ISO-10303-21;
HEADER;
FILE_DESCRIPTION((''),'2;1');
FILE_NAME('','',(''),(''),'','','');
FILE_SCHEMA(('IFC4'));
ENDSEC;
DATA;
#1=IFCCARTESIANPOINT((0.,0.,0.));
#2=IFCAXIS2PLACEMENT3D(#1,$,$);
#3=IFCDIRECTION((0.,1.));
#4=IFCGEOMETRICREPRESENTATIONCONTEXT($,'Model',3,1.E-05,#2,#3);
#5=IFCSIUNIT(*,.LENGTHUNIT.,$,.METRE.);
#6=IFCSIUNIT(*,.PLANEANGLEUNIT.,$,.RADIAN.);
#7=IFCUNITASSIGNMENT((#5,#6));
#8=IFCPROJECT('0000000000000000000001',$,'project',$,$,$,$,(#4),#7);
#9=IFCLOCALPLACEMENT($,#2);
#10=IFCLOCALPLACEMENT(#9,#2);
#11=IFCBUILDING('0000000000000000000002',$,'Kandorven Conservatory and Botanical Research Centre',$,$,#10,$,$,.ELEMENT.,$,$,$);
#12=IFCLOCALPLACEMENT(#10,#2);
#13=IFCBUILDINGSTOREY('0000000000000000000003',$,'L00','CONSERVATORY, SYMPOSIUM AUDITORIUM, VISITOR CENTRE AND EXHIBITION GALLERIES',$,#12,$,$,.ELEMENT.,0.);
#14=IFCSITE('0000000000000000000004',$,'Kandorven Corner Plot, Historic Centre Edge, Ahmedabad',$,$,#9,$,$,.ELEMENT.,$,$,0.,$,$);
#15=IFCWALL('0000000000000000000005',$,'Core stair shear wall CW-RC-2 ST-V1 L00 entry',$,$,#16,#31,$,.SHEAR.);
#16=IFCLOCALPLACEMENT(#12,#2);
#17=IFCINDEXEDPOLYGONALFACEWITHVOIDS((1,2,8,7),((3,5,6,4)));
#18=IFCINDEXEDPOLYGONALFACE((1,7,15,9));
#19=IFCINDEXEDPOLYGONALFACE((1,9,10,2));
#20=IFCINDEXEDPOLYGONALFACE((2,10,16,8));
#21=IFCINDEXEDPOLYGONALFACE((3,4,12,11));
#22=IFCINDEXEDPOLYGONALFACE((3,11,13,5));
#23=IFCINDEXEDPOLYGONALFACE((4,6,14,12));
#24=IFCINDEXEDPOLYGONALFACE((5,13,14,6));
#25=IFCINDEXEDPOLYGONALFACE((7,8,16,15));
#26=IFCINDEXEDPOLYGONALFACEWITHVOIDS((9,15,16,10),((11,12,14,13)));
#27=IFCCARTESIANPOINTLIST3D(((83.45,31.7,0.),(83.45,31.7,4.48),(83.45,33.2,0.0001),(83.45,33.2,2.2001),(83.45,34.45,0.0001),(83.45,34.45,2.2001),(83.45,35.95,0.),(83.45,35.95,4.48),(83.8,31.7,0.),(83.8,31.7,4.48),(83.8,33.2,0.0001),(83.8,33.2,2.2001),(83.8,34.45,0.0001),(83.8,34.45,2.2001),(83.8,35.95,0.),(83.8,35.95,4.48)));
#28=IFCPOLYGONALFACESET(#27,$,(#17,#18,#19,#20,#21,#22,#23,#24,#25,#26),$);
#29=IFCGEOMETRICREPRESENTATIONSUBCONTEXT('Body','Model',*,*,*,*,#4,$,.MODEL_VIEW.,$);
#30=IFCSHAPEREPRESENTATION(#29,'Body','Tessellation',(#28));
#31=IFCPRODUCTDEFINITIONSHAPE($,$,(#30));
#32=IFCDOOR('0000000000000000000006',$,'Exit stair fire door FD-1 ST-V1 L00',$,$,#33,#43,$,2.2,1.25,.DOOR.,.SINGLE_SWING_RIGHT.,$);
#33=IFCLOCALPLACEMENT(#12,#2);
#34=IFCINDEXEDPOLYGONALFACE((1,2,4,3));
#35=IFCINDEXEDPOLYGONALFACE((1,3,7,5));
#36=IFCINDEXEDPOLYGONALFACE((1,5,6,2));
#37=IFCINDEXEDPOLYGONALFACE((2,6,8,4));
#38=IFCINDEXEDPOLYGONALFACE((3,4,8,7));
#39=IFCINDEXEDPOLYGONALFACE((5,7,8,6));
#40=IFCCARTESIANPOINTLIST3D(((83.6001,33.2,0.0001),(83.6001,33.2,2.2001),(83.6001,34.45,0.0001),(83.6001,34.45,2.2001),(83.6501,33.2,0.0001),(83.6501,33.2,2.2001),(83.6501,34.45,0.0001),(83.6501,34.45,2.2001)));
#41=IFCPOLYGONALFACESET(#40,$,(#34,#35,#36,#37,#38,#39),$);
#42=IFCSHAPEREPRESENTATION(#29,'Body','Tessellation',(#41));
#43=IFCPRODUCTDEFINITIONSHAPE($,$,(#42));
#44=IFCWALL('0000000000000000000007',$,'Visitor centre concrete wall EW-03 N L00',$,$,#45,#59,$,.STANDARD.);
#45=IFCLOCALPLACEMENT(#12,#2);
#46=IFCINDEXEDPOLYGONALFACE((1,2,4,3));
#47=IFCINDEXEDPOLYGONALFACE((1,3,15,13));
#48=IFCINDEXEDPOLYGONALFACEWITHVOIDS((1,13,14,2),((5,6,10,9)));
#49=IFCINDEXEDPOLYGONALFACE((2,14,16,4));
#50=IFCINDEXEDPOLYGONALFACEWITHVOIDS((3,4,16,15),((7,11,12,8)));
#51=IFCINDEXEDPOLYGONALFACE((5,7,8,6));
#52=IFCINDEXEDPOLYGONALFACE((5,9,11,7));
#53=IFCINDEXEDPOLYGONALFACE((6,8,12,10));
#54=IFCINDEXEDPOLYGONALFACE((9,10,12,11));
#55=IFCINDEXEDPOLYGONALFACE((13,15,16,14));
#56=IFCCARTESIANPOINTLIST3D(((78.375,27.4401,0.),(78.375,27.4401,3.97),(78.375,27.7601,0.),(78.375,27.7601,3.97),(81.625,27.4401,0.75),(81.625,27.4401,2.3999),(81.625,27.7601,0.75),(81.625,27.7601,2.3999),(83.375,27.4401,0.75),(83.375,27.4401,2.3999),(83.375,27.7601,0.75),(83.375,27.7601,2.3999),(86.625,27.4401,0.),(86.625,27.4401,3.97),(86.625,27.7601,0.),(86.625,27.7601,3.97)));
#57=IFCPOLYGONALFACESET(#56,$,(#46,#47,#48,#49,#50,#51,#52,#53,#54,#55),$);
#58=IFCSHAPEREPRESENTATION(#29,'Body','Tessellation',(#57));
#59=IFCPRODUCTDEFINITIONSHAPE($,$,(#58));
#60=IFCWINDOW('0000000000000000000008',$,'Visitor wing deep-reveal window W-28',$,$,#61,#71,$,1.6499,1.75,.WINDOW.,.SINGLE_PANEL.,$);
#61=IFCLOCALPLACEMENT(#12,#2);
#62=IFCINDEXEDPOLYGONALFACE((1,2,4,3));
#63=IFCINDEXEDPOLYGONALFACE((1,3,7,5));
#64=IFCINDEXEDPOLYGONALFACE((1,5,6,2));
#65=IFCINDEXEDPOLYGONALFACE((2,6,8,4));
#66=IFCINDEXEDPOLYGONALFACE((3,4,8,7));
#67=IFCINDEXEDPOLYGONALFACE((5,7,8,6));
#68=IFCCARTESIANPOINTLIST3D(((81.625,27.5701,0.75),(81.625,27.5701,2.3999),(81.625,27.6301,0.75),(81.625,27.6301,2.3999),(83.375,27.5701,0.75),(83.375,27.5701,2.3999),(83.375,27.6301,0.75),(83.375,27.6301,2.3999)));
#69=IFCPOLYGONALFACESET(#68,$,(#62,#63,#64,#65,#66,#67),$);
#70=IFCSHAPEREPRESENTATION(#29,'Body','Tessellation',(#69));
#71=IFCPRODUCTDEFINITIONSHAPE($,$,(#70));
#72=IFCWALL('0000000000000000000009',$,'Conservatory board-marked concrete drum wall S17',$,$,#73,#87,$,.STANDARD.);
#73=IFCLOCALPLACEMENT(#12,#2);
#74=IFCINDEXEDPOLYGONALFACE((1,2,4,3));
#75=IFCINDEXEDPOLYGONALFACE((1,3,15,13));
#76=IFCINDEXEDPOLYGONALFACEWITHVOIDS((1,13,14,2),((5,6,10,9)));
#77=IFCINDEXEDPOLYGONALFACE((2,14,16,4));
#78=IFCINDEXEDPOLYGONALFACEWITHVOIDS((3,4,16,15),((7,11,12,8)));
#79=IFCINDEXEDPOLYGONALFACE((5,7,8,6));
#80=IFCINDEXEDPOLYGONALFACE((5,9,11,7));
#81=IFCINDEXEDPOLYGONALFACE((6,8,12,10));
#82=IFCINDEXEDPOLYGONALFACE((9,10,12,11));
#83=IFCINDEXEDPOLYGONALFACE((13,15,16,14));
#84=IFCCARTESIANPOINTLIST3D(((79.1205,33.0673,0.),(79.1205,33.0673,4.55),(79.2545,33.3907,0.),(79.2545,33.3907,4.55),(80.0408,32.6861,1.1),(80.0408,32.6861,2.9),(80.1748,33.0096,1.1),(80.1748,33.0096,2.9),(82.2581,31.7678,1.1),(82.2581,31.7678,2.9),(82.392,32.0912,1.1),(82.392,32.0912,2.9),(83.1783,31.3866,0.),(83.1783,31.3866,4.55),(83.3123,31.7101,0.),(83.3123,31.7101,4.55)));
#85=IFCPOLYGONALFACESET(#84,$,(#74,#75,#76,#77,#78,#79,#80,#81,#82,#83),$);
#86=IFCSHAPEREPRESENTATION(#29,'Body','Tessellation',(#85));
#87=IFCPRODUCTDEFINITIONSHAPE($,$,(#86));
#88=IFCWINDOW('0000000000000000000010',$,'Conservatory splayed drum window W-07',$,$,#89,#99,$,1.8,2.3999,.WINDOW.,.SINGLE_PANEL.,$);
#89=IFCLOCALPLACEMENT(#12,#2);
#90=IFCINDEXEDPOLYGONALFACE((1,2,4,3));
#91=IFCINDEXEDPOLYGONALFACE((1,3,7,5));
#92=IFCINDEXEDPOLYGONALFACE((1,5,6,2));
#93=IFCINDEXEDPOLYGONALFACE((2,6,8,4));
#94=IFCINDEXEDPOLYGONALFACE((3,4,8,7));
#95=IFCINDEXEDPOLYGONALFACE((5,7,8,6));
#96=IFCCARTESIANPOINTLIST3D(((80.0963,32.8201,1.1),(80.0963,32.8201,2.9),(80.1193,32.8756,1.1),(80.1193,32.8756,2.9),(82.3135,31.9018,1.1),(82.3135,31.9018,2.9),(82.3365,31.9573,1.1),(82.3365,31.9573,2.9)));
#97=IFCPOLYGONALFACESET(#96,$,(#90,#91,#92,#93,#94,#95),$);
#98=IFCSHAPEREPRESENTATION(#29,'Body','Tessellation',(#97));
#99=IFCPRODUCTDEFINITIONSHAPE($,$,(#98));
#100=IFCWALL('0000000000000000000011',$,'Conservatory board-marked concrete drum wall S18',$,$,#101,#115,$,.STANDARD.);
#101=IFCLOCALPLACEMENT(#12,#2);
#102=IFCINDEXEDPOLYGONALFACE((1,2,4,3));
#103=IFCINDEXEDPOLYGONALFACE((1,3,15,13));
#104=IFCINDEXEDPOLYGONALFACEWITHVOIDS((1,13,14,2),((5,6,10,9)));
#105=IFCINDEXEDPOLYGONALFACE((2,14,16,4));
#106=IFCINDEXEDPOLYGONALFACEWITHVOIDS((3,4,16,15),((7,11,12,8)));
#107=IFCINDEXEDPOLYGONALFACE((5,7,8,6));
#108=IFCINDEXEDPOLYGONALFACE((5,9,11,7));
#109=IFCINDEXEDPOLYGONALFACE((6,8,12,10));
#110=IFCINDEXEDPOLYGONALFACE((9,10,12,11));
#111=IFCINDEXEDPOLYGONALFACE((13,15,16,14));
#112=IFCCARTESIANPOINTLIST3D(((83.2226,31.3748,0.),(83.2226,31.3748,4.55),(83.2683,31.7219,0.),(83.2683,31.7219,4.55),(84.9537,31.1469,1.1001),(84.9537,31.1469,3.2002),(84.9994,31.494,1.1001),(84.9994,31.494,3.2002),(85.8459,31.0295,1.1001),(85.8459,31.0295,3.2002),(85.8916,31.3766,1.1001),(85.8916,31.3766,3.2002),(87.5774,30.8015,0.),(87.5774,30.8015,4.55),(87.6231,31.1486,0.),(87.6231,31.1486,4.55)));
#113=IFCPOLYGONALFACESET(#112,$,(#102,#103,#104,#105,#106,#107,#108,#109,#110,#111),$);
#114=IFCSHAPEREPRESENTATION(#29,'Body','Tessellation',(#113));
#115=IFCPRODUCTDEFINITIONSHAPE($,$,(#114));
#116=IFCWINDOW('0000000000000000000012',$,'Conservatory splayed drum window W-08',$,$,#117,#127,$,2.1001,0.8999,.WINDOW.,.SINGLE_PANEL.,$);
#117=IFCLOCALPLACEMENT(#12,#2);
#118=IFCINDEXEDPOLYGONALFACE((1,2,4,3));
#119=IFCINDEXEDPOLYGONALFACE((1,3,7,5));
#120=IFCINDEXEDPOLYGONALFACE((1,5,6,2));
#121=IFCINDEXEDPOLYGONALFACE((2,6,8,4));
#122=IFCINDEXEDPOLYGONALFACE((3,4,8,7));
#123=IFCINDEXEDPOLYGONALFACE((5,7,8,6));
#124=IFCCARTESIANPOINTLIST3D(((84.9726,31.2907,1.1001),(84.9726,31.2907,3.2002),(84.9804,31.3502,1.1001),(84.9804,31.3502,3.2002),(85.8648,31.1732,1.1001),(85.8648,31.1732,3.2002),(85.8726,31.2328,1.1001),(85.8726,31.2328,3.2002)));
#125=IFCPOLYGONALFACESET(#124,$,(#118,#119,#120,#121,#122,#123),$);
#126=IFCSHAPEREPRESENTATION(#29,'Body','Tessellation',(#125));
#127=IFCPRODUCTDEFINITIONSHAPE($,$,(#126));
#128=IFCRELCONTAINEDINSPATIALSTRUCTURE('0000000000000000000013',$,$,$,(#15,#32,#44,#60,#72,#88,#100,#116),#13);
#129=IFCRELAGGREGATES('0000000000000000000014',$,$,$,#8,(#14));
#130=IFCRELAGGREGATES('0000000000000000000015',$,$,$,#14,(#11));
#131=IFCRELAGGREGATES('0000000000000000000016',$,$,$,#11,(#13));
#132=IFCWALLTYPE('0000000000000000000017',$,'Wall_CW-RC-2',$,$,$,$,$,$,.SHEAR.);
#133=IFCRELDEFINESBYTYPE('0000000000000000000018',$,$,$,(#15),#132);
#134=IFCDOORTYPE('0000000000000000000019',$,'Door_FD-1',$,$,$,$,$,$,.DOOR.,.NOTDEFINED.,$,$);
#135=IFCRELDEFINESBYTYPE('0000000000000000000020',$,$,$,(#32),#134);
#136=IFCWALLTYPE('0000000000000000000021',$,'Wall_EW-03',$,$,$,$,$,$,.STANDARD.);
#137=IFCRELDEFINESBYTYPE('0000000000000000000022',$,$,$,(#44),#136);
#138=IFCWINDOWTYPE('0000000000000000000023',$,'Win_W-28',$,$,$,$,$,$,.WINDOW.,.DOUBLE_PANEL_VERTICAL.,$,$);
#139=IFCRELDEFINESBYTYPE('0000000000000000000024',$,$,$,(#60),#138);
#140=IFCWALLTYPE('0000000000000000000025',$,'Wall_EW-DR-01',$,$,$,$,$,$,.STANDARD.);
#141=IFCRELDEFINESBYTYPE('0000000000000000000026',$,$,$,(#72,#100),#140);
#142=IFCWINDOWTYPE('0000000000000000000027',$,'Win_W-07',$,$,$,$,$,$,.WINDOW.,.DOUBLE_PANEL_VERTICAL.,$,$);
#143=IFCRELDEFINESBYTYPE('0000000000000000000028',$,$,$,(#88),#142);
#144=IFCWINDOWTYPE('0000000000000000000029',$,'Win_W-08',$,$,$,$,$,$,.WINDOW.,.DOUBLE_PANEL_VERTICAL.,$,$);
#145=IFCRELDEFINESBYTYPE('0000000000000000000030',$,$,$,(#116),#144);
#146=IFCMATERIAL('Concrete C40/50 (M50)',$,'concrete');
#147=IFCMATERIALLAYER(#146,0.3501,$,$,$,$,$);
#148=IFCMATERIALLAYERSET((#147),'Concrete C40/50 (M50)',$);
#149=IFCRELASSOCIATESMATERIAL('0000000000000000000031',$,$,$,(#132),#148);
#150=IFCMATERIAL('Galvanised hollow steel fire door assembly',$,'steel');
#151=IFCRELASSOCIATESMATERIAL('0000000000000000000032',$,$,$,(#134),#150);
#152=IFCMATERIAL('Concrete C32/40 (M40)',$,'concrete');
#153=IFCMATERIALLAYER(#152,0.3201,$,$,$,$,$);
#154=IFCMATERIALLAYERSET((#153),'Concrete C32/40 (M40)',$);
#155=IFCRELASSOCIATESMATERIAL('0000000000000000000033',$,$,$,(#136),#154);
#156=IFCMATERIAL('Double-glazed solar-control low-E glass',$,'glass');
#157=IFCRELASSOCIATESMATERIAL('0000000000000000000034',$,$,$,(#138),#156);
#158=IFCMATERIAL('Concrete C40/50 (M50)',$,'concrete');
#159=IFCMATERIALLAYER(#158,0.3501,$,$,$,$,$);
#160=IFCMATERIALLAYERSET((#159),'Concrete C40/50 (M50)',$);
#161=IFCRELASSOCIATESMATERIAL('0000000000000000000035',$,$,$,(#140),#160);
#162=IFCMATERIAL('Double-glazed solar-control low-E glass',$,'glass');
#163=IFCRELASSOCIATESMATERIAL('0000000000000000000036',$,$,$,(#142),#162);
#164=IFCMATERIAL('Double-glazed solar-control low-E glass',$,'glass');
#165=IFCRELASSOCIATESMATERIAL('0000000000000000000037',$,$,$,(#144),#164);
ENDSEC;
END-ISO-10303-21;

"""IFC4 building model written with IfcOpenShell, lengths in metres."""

from ifc_helpers import new_model, si_unit, direction, frame, frame_2d, origin, place, context, subcontext, project, spatial, rectangle, extrude, material, layer, layer_set, type_object, element, fill, save


model = new_model("IFC4")

# Units and contexts
model_context = context("Model", 3, precision=1e-05, world=origin(), true_north=direction((0.0, 1.0)))
body_context = subcontext(model_context, "Body", "Model", "MODEL_VIEW")
ifc_project = project(units=[si_unit("LENGTHUNIT", "METRE"), si_unit("PLANEANGLEUNIT", "RADIAN")], contexts=[model_context])

# Site, building, storey
site_placement = place(None, origin())
site = spatial("IfcSite", under=ifc_project, at=site_placement, Name="Kandorven Corner Plot, Historic Centre Edge, Ahmedabad", CompositionType="ELEMENT", RefElevation=0.0)
building_placement = place(site_placement, origin())
building = spatial("IfcBuilding", under=site, at=building_placement, Name="Kandorven Conservatory and Botanical Research Centre", CompositionType="ELEMENT")
storey_placement = place(building_placement, origin())
storey = spatial("IfcBuildingStorey", under=building, at=storey_placement, Name="L00", Description="CONSERVATORY, SYMPOSIUM AUDITORIUM, VISITOR CENTRE AND EXHIBITION GALLERIES", CompositionType="ELEMENT", Elevation=0.0)

# Wall, opening, door
ifc_material_1 = material(Name="Concrete C40/50 (M50)", Category="concrete")
ifc_layer_1 = layer(ifc_material_1, 0.3501)
ifc_layer_set_1 = layer_set([ifc_layer_1], Name="Concrete C40/50 (M50)")
wall_type_1 = type_object("IfcWallType", Name="Wall_CW-RC-2", PredefinedType="SHEAR", material=ifc_layer_set_1)
wall_1_placement = place(storey_placement, frame((83.625, 31.7, 0.0), z_axis=(0.0, 0.0, 1.0), x_axis=(0.0, 1.0, 0.0)))
wall_1 = element("IfcWall", 1, at=wall_1_placement, inside=storey, type_object=wall_type_1, Name="Core stair shear wall CW-RC-2 ST-V1 L00 entry", PredefinedType="SHEAR", context=body_context, shape_type="SweptSolid", body=[
    extrude(rectangle(XDim=4.25, YDim=0.3501, at=frame_2d((2.125, 0.0))), origin(), (0.0, 0.0, 1.0), 4.48),
])
opening_1_placement = place(wall_1_placement, frame((1.5, 0.0, 0.0)))
opening_1 = element("IfcOpeningElement", 2, at=opening_1_placement, cuts=wall_1, PredefinedType="OPENING", context=body_context, shape_type="SweptSolid", body=[
    extrude(rectangle(XDim=1.25, YDim=2.2, at=frame_2d((0.625, 1.1001))), frame((0.0, 0.1851, 0.0), z_axis=(0.0, -1.0, 0.0), x_axis=(1.0, 0.0, 0.0)), (0.0, 0.0, 1.0), 0.3701),
])
ifc_material_2 = material(Name="Galvanised hollow steel fire door assembly", Category="steel")
door_type = type_object("IfcDoorType", Name="Door_FD-1", OperationType="NOTDEFINED", PredefinedType="DOOR", material=ifc_material_2)
door_placement = place(opening_1_placement, origin())
door = element("IfcDoor", 3, at=door_placement, inside=storey, type_object=door_type, Name="Exit stair fire door FD-1 ST-V1 L00", OperationType="SINGLE_SWING_RIGHT", OverallHeight=2.2, OverallWidth=1.25, PredefinedType="DOOR", context=body_context, shape_type="SweptSolid", body=[
    extrude(rectangle(XDim=1.25, YDim=2.2, at=frame_2d((0.625, 1.1001))), frame((0.0, 0.0249, 0.0), z_axis=(0.0, -1.0, 0.0), x_axis=(1.0, 0.0, 0.0)), (0.0, 0.0, 1.0), 0.05),
])
fill(opening_1, door)

# Walls, openings, windows
ifc_material_3 = material(Name="Concrete C32/40 (M40)", Category="concrete")
ifc_layer_2 = layer(ifc_material_3, 0.3201)
ifc_layer_set_2 = layer_set([ifc_layer_2], Name="Concrete C32/40 (M40)")
wall_type_2 = type_object("IfcWallType", Name="Wall_EW-03", PredefinedType="STANDARD", material=ifc_layer_set_2)
wall_2_placement = place(storey_placement, frame((78.375, 27.6001, 0.0), z_axis=(0.0, 0.0, 1.0), x_axis=(1.0, 0.0, 0.0)))
wall_2 = element("IfcWall", 4, at=wall_2_placement, inside=storey, type_object=wall_type_2, Name="Visitor centre concrete wall EW-03 N L00", PredefinedType="STANDARD", context=body_context, shape_type="SweptSolid", body=[
    extrude(rectangle(XDim=8.25, YDim=0.3201, at=frame_2d((4.125, 0.0))), origin(), (0.0, 0.0, 1.0), 3.97),
])
opening_2_placement = place(wall_2_placement, frame((3.25, 0.0, 0.75)))
opening_2 = element("IfcOpeningElement", 5, at=opening_2_placement, cuts=wall_2, PredefinedType="OPENING", context=body_context, shape_type="SweptSolid", body=[
    extrude(rectangle(XDim=1.75, YDim=1.6499, at=frame_2d((0.875, 0.825))), frame((0.0, 0.1699, 0.0), z_axis=(0.0, -1.0, 0.0), x_axis=(1.0, 0.0, 0.0)), (0.0, 0.0, 1.0), 0.3401),
])
ifc_material_4 = material(Name="Double-glazed solar-control low-E glass", Category="glass")
window_type_1 = type_object("IfcWindowType", Name="Win_W-28", PartitioningType="DOUBLE_PANEL_VERTICAL", PredefinedType="WINDOW", material=ifc_material_4)
window_1_placement = place(opening_2_placement, origin())
window_1 = element("IfcWindow", 6, at=window_1_placement, inside=storey, type_object=window_type_1, Name="Visitor wing deep-reveal window W-28", OverallHeight=1.6499, OverallWidth=1.75, PartitioningType="SINGLE_PANEL", PredefinedType="WINDOW", context=body_context, shape_type="SweptSolid", body=[
    extrude(rectangle(XDim=1.75, YDim=1.6499, at=frame_2d((0.875, 0.825))), frame((0.0, 0.03, 0.0), z_axis=(0.0, -1.0, 0.0), x_axis=(1.0, 0.0, 0.0)), (0.0, 0.0, 1.0), 0.0601),
])
fill(opening_2, window_1)
ifc_material_5 = material(Name="Concrete C40/50 (M50)", Category="concrete")
ifc_layer_3 = layer(ifc_material_5, 0.3501)
ifc_layer_set_3 = layer_set([ifc_layer_3], Name="Concrete C40/50 (M50)")
wall_type_3 = type_object("IfcWallType", Name="Wall_EW-DR-01", PredefinedType="STANDARD", material=ifc_layer_set_3)
wall_3_placement = place(storey_placement, frame((79.1875, 33.229, 0.0), z_axis=(0.0, 0.0, 1.0), x_axis=(0.923892, -0.382653, 0.0)))
wall_3 = element("IfcWall", 7, at=wall_3_placement, inside=storey, type_object=wall_type_3, Name="Conservatory board-marked concrete drum wall S17", PredefinedType="STANDARD", context=body_context, shape_type="SweptSolid", body=[
    extrude(rectangle(XDim=4.3921, YDim=0.3501, at=frame_2d((2.196, 0.0))), origin(), (0.0, 0.0, 1.0), 4.55),
])
opening_3_placement = place(wall_3_placement, frame((0.9961, 0.0, 1.1001)))
opening_3 = element("IfcOpeningElement", 8, at=opening_3_placement, cuts=wall_3, PredefinedType="OPENING", context=body_context, shape_type="SweptSolid", body=[
    extrude(rectangle(XDim=2.3999, YDim=1.8, at=frame_2d((1.2, 0.8999))), frame((0.0, 0.1851, 0.0), z_axis=(0.0, -1.0, 0.0), x_axis=(1.0, 0.0, 0.0)), (0.0, 0.0, 1.0), 0.3701),
])
ifc_material_6 = material(Name="Double-glazed solar-control low-E glass", Category="glass")
window_type_2 = type_object("IfcWindowType", Name="Win_W-07", PartitioningType="DOUBLE_PANEL_VERTICAL", PredefinedType="WINDOW", material=ifc_material_6)
window_2_placement = place(opening_3_placement, origin())
window_2 = element("IfcWindow", 9, at=window_2_placement, inside=storey, type_object=window_type_2, Name="Conservatory splayed drum window W-07", OverallHeight=1.8, OverallWidth=2.3999, PartitioningType="SINGLE_PANEL", PredefinedType="WINDOW", context=body_context, shape_type="SweptSolid", body=[
    extrude(rectangle(XDim=2.3999, YDim=1.8, at=frame_2d((1.2, 0.8999))), frame((0.0, 0.03, 0.0), z_axis=(0.0, -1.0, 0.0), x_axis=(1.0, 0.0, 0.0)), (0.0, 0.0, 1.0), 0.0601),
])
fill(opening_3, window_2)
wall_4_placement = place(storey_placement, frame((83.2454, 31.5483, 0.0), z_axis=(0.0, 0.0, 1.0), x_axis=(0.991447, -0.130511, 0.0)))
wall_4 = element("IfcWall", 10, at=wall_4_placement, inside=storey, type_object=wall_type_3, Name="Conservatory board-marked concrete drum wall S18", PredefinedType="STANDARD", context=body_context, shape_type="SweptSolid", body=[
    extrude(rectangle(XDim=4.3923, YDim=0.3501, at=frame_2d((2.1963, 0.0))), origin(), (0.0, 0.0, 1.0), 4.55),
])
opening_4_placement = place(wall_4_placement, frame((1.7461, 0.0, 1.1001)))
opening_4 = element("IfcOpeningElement", 11, at=opening_4_placement, cuts=wall_4, PredefinedType="OPENING", context=body_context, shape_type="SweptSolid", body=[
    extrude(rectangle(XDim=0.8999, YDim=2.1001, at=frame_2d((0.45, 1.05))), frame((0.0, 0.1851, 0.0), z_axis=(0.0, -1.0, 0.0), x_axis=(1.0, 0.0, 0.0)), (0.0, 0.0, 1.0), 0.3701),
])
ifc_material_7 = material(Name="Double-glazed solar-control low-E glass", Category="glass")
window_type_3 = type_object("IfcWindowType", Name="Win_W-08", PartitioningType="DOUBLE_PANEL_VERTICAL", PredefinedType="WINDOW", material=ifc_material_7)
window_3_placement = place(opening_4_placement, origin())
window_3 = element("IfcWindow", 12, at=window_3_placement, inside=storey, type_object=window_type_3, Name="Conservatory splayed drum window W-08", OverallHeight=2.1001, OverallWidth=0.8999, PartitioningType="SINGLE_PANEL", PredefinedType="WINDOW", context=body_context, shape_type="SweptSolid", body=[
    extrude(rectangle(XDim=0.8999, YDim=2.1001, at=frame_2d((0.45, 1.05))), frame((0.0, 0.03, 0.0), z_axis=(0.0, -1.0, 0.0), x_axis=(1.0, 0.0, 0.0)), (0.0, 0.0, 1.0), 0.0601),
])
fill(opening_4, window_3)

save(model, "model.ifc")
